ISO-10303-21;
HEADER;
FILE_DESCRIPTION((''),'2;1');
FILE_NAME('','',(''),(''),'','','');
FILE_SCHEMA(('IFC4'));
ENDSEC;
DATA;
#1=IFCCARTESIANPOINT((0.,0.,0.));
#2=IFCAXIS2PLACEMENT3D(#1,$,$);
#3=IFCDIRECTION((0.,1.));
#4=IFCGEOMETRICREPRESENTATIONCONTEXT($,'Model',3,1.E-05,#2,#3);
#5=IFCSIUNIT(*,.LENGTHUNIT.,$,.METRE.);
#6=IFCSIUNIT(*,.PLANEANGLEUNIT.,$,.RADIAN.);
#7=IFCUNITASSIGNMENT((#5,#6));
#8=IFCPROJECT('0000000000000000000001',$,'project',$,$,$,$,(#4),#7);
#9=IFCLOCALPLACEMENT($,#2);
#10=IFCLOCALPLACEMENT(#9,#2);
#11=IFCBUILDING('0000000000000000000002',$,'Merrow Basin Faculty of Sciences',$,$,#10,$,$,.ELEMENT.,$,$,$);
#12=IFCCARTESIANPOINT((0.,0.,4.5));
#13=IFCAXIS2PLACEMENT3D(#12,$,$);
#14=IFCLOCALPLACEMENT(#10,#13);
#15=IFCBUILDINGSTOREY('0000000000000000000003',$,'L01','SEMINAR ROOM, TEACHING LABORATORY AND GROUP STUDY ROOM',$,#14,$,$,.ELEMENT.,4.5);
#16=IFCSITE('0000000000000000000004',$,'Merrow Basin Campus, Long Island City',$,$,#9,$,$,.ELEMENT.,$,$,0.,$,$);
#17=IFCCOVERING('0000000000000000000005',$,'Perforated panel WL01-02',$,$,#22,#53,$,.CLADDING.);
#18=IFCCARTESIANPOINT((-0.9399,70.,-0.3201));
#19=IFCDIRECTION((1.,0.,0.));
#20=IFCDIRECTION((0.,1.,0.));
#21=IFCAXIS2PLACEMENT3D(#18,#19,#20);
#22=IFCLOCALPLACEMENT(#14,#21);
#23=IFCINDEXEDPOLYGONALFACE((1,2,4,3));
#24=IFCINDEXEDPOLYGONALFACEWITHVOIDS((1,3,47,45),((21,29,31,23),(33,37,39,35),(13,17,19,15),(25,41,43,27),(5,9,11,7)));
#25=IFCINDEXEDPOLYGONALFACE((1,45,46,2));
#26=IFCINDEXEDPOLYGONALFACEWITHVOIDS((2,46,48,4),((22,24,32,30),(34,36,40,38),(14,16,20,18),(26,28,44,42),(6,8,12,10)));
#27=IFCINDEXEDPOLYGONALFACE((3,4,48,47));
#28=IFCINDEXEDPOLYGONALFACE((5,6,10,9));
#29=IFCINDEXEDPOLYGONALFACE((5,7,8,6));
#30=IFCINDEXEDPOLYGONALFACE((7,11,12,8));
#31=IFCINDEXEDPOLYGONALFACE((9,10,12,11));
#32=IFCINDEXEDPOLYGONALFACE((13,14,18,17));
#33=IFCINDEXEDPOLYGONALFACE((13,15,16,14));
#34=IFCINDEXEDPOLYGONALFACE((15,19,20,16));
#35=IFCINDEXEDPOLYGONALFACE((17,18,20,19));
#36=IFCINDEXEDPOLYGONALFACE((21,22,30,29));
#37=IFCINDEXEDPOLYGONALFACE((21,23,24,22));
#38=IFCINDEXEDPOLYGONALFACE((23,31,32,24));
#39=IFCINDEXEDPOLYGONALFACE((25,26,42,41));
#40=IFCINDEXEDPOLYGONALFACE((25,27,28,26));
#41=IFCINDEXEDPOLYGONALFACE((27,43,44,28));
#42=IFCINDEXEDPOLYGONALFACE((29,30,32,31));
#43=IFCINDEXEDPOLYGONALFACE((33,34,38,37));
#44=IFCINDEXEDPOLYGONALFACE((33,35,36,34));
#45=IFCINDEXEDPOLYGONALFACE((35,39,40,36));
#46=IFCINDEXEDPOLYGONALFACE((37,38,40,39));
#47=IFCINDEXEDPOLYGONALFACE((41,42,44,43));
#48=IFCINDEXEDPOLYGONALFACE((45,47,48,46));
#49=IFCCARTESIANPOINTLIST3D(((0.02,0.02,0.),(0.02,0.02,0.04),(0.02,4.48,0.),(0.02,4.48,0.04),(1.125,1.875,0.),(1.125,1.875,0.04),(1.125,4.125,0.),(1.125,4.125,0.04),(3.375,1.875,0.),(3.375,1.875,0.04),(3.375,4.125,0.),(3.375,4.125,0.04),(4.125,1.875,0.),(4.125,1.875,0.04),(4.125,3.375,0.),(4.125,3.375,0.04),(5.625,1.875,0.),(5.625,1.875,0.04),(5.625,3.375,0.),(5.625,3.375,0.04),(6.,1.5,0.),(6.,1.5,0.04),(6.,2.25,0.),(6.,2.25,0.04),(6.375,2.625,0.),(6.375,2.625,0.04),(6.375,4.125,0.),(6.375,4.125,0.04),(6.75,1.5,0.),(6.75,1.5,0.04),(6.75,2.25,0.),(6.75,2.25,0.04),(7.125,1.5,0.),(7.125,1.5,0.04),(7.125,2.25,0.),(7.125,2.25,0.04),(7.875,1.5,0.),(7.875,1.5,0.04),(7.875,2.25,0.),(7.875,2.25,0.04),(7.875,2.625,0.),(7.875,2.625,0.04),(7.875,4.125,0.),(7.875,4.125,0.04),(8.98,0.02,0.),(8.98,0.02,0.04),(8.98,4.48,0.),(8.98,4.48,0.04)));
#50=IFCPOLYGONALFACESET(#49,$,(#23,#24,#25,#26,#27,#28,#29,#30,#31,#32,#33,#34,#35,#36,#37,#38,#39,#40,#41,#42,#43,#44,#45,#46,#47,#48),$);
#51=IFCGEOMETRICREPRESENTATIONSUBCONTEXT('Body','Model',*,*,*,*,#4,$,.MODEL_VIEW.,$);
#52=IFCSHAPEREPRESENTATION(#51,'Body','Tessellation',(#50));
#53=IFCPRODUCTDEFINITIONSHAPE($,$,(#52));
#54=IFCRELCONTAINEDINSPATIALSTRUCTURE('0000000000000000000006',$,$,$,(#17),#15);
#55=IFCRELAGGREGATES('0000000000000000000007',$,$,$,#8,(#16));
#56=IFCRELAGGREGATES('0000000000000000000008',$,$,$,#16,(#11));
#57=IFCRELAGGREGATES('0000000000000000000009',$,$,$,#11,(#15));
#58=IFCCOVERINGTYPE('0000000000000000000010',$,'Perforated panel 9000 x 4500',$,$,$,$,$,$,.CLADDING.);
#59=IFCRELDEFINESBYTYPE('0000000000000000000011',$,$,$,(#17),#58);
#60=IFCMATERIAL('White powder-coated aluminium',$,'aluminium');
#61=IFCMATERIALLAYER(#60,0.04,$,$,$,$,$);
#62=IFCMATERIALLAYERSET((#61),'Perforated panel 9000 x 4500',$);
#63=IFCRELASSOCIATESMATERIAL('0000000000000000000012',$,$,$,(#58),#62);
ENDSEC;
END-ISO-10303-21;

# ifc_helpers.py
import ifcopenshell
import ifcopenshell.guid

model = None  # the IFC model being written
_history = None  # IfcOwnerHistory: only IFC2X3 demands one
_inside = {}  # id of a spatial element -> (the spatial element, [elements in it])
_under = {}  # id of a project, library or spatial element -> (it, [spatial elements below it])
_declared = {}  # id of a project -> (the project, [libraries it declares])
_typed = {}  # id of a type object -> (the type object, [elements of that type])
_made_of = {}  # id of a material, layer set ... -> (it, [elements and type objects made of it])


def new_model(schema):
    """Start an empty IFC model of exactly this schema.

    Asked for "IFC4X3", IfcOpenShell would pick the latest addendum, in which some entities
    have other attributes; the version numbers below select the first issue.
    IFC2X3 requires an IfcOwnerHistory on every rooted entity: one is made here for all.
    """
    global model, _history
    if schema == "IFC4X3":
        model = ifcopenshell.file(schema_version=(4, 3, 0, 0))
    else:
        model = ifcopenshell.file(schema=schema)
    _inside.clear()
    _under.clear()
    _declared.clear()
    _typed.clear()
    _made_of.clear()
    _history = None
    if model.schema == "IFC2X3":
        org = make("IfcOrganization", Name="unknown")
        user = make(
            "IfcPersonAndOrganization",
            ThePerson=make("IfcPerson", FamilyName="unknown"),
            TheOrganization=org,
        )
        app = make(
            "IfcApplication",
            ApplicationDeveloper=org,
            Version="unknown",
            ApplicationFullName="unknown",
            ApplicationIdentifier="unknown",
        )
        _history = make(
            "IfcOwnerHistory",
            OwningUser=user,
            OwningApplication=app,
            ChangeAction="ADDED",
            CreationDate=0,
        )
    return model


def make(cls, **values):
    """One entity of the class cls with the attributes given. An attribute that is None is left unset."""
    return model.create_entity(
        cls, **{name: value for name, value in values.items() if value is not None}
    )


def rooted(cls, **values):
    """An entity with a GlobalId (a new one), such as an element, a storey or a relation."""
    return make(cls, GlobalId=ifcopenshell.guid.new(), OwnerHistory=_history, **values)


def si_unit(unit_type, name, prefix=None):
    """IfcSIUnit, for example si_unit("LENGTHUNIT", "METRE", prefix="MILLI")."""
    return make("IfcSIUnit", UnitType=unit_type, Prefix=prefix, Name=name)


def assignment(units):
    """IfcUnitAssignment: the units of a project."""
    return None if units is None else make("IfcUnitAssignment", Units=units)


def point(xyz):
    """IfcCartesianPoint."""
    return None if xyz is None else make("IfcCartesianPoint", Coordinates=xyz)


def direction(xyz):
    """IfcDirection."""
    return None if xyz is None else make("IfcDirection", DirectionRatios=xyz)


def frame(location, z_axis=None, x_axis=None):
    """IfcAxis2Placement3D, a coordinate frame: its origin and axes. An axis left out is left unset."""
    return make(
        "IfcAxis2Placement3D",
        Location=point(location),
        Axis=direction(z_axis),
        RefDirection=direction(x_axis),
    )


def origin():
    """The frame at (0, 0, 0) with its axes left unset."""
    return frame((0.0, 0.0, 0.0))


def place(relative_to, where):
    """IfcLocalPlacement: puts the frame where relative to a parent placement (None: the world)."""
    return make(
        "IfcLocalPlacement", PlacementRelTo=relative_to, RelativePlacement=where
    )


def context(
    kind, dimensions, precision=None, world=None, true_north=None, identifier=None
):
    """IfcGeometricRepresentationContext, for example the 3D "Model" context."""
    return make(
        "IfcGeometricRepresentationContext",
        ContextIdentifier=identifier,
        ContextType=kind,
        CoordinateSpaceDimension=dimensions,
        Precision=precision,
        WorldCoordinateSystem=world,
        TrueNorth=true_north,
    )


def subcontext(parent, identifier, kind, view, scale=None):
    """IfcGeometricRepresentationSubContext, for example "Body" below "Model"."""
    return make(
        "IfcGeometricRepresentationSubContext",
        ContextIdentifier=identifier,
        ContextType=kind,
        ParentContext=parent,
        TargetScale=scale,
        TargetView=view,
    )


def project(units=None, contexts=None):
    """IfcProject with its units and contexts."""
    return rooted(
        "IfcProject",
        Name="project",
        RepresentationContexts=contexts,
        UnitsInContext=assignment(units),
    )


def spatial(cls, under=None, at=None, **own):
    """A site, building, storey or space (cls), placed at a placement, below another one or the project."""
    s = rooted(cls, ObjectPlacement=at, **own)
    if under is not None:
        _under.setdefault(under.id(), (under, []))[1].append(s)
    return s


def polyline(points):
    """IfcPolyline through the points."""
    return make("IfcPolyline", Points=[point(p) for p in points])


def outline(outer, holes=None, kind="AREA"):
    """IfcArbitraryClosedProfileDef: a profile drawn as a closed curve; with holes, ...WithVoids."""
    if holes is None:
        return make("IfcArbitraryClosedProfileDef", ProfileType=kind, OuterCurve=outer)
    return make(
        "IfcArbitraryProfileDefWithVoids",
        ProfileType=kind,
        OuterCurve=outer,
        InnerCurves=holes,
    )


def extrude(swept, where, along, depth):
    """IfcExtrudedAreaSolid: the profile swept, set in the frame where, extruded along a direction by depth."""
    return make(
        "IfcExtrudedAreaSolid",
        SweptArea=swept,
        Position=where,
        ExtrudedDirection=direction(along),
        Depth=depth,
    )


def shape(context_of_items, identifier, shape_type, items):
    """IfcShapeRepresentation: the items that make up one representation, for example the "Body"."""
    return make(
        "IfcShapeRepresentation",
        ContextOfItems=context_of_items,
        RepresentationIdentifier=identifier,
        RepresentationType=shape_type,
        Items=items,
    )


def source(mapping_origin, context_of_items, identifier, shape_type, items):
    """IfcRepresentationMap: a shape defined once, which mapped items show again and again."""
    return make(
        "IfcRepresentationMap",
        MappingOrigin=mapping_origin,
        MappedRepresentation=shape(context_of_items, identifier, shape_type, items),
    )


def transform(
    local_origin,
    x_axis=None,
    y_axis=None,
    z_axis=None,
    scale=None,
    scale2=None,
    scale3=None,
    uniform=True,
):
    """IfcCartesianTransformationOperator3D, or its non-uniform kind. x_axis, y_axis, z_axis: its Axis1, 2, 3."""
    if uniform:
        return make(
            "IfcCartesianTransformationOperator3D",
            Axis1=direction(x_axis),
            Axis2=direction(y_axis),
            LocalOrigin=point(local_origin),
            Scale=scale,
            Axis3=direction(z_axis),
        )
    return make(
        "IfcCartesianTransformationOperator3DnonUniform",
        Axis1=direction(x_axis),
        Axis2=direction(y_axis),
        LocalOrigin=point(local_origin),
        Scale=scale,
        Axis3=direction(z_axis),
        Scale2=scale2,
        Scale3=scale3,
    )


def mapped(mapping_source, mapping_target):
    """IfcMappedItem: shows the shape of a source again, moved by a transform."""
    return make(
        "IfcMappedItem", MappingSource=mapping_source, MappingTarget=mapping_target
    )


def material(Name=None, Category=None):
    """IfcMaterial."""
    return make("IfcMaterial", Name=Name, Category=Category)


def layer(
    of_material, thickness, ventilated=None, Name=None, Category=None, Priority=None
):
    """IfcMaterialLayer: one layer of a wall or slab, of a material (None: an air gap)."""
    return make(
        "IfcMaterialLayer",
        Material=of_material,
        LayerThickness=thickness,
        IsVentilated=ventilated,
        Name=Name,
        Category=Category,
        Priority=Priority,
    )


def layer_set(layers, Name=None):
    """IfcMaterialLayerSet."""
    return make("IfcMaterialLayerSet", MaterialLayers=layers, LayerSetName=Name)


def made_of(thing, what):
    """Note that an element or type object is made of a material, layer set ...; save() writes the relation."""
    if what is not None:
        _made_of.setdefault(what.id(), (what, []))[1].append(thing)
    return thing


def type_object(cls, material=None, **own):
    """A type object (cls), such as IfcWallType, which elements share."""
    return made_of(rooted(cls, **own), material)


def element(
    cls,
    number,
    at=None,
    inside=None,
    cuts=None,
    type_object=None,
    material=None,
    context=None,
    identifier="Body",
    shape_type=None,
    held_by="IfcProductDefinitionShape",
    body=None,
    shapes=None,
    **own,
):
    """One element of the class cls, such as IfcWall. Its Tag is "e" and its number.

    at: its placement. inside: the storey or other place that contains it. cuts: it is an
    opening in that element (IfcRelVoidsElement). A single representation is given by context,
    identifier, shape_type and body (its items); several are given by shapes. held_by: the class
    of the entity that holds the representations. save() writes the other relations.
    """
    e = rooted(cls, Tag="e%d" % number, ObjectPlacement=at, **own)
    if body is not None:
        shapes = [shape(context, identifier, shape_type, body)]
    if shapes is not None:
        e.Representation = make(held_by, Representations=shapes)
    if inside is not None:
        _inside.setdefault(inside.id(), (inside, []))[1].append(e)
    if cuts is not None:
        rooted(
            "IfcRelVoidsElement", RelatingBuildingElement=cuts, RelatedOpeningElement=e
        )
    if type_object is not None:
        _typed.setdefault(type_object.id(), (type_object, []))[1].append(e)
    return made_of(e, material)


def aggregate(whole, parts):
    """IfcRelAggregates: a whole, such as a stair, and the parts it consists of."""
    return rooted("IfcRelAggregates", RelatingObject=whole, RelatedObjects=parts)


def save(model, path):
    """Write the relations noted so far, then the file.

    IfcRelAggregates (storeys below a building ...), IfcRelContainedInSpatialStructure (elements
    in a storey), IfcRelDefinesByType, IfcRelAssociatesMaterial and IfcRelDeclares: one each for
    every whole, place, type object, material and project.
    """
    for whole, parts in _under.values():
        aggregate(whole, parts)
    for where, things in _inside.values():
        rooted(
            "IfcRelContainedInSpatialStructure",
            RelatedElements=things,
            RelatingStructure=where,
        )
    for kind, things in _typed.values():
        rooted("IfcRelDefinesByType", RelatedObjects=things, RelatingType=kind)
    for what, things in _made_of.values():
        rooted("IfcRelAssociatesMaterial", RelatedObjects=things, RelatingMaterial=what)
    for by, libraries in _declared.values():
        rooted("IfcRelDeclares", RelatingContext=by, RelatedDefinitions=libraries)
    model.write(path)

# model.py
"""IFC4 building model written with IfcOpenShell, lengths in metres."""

from ifc_helpers import new_model, si_unit, direction, frame, origin, place, context, subcontext, project, spatial, polyline, outline, extrude, source, transform, mapped, material, layer, layer_set, type_object, element, save


model = new_model("IFC4")

# Units and contexts
model_context = context("Model", 3, precision=1e-05, world=origin(), true_north=direction((0.0, 1.0)))
body_context = subcontext(model_context, "Body", "Model", "MODEL_VIEW")
ifc_project = project(units=[si_unit("LENGTHUNIT", "METRE"), si_unit("PLANEANGLEUNIT", "RADIAN")], contexts=[model_context])

# Site, building, storey
site_placement = place(None, origin())
site = spatial("IfcSite", under=ifc_project, at=site_placement, Name="Merrow Basin Campus, Long Island City", CompositionType="ELEMENT", RefElevation=0.0)
building_placement = place(site_placement, origin())
building = spatial("IfcBuilding", under=site, at=building_placement, Name="Merrow Basin Faculty of Sciences", CompositionType="ELEMENT")
storey_placement = place(building_placement, frame((0.0, 0.0, 4.5)))
storey = spatial("IfcBuildingStorey", under=building, at=storey_placement, Name="L01", Description="SEMINAR ROOM, TEACHING LABORATORY AND GROUP STUDY ROOM", CompositionType="ELEMENT", Elevation=4.5)

# Covering
ifc_material_1 = material(Name="White powder-coated aluminium", Category="aluminium")
ifc_layer_1 = layer(ifc_material_1, 0.04)
ifc_layer_set_1 = layer_set([ifc_layer_1], Name="Perforated panel 9000 x 4500")
covering_type = type_object("IfcCoveringType", Name="Perforated panel 9000 x 4500", PredefinedType="CLADDING", material=ifc_layer_set_1)
shared_shape_1 = source(origin(), body_context, "Body", "SweptSolid", [
    extrude(outline(polyline([(0.02, 0.02), (8.98, 0.02), (8.98, 4.48), (0.02, 4.48), (0.02, 0.02)]), holes=[polyline([(6.0, 1.5), (6.75, 1.5), (6.75, 2.25), (6.0, 2.25), (6.0, 1.5)]), polyline([(7.125, 1.5), (7.875, 1.5), (7.875, 2.25), (7.125, 2.25), (7.125, 1.5)]), polyline([(1.125, 1.875), (3.375, 1.875), (3.375, 4.125), (1.125, 4.125), (1.125, 1.875)]), polyline([(4.125, 1.875), (5.625, 1.875), (5.625, 3.375), (4.125, 3.375), (4.125, 1.875)]), polyline([(6.375, 2.625), (7.875, 2.625), (7.875, 4.125), (6.375, 4.125), (6.375, 2.625)])]), origin(), (0.0, 0.0, 1.0), 0.04),
])
covering_placement = place(storey_placement, frame((-0.9399, 70.0, -0.3201), z_axis=(1.0, 0.0, 0.0), x_axis=(0.0, 1.0, 0.0)))
element("IfcCovering", 1, at=covering_placement, inside=storey, type_object=covering_type, Name="Perforated panel WL01-02", PredefinedType="CLADDING", context=body_context, shape_type="MappedRepresentation", body=[
    mapped(shared_shape_1, transform((0.0, 0.0, 0.0), scale=1.0)),
])

save(model, "model.ifc")
